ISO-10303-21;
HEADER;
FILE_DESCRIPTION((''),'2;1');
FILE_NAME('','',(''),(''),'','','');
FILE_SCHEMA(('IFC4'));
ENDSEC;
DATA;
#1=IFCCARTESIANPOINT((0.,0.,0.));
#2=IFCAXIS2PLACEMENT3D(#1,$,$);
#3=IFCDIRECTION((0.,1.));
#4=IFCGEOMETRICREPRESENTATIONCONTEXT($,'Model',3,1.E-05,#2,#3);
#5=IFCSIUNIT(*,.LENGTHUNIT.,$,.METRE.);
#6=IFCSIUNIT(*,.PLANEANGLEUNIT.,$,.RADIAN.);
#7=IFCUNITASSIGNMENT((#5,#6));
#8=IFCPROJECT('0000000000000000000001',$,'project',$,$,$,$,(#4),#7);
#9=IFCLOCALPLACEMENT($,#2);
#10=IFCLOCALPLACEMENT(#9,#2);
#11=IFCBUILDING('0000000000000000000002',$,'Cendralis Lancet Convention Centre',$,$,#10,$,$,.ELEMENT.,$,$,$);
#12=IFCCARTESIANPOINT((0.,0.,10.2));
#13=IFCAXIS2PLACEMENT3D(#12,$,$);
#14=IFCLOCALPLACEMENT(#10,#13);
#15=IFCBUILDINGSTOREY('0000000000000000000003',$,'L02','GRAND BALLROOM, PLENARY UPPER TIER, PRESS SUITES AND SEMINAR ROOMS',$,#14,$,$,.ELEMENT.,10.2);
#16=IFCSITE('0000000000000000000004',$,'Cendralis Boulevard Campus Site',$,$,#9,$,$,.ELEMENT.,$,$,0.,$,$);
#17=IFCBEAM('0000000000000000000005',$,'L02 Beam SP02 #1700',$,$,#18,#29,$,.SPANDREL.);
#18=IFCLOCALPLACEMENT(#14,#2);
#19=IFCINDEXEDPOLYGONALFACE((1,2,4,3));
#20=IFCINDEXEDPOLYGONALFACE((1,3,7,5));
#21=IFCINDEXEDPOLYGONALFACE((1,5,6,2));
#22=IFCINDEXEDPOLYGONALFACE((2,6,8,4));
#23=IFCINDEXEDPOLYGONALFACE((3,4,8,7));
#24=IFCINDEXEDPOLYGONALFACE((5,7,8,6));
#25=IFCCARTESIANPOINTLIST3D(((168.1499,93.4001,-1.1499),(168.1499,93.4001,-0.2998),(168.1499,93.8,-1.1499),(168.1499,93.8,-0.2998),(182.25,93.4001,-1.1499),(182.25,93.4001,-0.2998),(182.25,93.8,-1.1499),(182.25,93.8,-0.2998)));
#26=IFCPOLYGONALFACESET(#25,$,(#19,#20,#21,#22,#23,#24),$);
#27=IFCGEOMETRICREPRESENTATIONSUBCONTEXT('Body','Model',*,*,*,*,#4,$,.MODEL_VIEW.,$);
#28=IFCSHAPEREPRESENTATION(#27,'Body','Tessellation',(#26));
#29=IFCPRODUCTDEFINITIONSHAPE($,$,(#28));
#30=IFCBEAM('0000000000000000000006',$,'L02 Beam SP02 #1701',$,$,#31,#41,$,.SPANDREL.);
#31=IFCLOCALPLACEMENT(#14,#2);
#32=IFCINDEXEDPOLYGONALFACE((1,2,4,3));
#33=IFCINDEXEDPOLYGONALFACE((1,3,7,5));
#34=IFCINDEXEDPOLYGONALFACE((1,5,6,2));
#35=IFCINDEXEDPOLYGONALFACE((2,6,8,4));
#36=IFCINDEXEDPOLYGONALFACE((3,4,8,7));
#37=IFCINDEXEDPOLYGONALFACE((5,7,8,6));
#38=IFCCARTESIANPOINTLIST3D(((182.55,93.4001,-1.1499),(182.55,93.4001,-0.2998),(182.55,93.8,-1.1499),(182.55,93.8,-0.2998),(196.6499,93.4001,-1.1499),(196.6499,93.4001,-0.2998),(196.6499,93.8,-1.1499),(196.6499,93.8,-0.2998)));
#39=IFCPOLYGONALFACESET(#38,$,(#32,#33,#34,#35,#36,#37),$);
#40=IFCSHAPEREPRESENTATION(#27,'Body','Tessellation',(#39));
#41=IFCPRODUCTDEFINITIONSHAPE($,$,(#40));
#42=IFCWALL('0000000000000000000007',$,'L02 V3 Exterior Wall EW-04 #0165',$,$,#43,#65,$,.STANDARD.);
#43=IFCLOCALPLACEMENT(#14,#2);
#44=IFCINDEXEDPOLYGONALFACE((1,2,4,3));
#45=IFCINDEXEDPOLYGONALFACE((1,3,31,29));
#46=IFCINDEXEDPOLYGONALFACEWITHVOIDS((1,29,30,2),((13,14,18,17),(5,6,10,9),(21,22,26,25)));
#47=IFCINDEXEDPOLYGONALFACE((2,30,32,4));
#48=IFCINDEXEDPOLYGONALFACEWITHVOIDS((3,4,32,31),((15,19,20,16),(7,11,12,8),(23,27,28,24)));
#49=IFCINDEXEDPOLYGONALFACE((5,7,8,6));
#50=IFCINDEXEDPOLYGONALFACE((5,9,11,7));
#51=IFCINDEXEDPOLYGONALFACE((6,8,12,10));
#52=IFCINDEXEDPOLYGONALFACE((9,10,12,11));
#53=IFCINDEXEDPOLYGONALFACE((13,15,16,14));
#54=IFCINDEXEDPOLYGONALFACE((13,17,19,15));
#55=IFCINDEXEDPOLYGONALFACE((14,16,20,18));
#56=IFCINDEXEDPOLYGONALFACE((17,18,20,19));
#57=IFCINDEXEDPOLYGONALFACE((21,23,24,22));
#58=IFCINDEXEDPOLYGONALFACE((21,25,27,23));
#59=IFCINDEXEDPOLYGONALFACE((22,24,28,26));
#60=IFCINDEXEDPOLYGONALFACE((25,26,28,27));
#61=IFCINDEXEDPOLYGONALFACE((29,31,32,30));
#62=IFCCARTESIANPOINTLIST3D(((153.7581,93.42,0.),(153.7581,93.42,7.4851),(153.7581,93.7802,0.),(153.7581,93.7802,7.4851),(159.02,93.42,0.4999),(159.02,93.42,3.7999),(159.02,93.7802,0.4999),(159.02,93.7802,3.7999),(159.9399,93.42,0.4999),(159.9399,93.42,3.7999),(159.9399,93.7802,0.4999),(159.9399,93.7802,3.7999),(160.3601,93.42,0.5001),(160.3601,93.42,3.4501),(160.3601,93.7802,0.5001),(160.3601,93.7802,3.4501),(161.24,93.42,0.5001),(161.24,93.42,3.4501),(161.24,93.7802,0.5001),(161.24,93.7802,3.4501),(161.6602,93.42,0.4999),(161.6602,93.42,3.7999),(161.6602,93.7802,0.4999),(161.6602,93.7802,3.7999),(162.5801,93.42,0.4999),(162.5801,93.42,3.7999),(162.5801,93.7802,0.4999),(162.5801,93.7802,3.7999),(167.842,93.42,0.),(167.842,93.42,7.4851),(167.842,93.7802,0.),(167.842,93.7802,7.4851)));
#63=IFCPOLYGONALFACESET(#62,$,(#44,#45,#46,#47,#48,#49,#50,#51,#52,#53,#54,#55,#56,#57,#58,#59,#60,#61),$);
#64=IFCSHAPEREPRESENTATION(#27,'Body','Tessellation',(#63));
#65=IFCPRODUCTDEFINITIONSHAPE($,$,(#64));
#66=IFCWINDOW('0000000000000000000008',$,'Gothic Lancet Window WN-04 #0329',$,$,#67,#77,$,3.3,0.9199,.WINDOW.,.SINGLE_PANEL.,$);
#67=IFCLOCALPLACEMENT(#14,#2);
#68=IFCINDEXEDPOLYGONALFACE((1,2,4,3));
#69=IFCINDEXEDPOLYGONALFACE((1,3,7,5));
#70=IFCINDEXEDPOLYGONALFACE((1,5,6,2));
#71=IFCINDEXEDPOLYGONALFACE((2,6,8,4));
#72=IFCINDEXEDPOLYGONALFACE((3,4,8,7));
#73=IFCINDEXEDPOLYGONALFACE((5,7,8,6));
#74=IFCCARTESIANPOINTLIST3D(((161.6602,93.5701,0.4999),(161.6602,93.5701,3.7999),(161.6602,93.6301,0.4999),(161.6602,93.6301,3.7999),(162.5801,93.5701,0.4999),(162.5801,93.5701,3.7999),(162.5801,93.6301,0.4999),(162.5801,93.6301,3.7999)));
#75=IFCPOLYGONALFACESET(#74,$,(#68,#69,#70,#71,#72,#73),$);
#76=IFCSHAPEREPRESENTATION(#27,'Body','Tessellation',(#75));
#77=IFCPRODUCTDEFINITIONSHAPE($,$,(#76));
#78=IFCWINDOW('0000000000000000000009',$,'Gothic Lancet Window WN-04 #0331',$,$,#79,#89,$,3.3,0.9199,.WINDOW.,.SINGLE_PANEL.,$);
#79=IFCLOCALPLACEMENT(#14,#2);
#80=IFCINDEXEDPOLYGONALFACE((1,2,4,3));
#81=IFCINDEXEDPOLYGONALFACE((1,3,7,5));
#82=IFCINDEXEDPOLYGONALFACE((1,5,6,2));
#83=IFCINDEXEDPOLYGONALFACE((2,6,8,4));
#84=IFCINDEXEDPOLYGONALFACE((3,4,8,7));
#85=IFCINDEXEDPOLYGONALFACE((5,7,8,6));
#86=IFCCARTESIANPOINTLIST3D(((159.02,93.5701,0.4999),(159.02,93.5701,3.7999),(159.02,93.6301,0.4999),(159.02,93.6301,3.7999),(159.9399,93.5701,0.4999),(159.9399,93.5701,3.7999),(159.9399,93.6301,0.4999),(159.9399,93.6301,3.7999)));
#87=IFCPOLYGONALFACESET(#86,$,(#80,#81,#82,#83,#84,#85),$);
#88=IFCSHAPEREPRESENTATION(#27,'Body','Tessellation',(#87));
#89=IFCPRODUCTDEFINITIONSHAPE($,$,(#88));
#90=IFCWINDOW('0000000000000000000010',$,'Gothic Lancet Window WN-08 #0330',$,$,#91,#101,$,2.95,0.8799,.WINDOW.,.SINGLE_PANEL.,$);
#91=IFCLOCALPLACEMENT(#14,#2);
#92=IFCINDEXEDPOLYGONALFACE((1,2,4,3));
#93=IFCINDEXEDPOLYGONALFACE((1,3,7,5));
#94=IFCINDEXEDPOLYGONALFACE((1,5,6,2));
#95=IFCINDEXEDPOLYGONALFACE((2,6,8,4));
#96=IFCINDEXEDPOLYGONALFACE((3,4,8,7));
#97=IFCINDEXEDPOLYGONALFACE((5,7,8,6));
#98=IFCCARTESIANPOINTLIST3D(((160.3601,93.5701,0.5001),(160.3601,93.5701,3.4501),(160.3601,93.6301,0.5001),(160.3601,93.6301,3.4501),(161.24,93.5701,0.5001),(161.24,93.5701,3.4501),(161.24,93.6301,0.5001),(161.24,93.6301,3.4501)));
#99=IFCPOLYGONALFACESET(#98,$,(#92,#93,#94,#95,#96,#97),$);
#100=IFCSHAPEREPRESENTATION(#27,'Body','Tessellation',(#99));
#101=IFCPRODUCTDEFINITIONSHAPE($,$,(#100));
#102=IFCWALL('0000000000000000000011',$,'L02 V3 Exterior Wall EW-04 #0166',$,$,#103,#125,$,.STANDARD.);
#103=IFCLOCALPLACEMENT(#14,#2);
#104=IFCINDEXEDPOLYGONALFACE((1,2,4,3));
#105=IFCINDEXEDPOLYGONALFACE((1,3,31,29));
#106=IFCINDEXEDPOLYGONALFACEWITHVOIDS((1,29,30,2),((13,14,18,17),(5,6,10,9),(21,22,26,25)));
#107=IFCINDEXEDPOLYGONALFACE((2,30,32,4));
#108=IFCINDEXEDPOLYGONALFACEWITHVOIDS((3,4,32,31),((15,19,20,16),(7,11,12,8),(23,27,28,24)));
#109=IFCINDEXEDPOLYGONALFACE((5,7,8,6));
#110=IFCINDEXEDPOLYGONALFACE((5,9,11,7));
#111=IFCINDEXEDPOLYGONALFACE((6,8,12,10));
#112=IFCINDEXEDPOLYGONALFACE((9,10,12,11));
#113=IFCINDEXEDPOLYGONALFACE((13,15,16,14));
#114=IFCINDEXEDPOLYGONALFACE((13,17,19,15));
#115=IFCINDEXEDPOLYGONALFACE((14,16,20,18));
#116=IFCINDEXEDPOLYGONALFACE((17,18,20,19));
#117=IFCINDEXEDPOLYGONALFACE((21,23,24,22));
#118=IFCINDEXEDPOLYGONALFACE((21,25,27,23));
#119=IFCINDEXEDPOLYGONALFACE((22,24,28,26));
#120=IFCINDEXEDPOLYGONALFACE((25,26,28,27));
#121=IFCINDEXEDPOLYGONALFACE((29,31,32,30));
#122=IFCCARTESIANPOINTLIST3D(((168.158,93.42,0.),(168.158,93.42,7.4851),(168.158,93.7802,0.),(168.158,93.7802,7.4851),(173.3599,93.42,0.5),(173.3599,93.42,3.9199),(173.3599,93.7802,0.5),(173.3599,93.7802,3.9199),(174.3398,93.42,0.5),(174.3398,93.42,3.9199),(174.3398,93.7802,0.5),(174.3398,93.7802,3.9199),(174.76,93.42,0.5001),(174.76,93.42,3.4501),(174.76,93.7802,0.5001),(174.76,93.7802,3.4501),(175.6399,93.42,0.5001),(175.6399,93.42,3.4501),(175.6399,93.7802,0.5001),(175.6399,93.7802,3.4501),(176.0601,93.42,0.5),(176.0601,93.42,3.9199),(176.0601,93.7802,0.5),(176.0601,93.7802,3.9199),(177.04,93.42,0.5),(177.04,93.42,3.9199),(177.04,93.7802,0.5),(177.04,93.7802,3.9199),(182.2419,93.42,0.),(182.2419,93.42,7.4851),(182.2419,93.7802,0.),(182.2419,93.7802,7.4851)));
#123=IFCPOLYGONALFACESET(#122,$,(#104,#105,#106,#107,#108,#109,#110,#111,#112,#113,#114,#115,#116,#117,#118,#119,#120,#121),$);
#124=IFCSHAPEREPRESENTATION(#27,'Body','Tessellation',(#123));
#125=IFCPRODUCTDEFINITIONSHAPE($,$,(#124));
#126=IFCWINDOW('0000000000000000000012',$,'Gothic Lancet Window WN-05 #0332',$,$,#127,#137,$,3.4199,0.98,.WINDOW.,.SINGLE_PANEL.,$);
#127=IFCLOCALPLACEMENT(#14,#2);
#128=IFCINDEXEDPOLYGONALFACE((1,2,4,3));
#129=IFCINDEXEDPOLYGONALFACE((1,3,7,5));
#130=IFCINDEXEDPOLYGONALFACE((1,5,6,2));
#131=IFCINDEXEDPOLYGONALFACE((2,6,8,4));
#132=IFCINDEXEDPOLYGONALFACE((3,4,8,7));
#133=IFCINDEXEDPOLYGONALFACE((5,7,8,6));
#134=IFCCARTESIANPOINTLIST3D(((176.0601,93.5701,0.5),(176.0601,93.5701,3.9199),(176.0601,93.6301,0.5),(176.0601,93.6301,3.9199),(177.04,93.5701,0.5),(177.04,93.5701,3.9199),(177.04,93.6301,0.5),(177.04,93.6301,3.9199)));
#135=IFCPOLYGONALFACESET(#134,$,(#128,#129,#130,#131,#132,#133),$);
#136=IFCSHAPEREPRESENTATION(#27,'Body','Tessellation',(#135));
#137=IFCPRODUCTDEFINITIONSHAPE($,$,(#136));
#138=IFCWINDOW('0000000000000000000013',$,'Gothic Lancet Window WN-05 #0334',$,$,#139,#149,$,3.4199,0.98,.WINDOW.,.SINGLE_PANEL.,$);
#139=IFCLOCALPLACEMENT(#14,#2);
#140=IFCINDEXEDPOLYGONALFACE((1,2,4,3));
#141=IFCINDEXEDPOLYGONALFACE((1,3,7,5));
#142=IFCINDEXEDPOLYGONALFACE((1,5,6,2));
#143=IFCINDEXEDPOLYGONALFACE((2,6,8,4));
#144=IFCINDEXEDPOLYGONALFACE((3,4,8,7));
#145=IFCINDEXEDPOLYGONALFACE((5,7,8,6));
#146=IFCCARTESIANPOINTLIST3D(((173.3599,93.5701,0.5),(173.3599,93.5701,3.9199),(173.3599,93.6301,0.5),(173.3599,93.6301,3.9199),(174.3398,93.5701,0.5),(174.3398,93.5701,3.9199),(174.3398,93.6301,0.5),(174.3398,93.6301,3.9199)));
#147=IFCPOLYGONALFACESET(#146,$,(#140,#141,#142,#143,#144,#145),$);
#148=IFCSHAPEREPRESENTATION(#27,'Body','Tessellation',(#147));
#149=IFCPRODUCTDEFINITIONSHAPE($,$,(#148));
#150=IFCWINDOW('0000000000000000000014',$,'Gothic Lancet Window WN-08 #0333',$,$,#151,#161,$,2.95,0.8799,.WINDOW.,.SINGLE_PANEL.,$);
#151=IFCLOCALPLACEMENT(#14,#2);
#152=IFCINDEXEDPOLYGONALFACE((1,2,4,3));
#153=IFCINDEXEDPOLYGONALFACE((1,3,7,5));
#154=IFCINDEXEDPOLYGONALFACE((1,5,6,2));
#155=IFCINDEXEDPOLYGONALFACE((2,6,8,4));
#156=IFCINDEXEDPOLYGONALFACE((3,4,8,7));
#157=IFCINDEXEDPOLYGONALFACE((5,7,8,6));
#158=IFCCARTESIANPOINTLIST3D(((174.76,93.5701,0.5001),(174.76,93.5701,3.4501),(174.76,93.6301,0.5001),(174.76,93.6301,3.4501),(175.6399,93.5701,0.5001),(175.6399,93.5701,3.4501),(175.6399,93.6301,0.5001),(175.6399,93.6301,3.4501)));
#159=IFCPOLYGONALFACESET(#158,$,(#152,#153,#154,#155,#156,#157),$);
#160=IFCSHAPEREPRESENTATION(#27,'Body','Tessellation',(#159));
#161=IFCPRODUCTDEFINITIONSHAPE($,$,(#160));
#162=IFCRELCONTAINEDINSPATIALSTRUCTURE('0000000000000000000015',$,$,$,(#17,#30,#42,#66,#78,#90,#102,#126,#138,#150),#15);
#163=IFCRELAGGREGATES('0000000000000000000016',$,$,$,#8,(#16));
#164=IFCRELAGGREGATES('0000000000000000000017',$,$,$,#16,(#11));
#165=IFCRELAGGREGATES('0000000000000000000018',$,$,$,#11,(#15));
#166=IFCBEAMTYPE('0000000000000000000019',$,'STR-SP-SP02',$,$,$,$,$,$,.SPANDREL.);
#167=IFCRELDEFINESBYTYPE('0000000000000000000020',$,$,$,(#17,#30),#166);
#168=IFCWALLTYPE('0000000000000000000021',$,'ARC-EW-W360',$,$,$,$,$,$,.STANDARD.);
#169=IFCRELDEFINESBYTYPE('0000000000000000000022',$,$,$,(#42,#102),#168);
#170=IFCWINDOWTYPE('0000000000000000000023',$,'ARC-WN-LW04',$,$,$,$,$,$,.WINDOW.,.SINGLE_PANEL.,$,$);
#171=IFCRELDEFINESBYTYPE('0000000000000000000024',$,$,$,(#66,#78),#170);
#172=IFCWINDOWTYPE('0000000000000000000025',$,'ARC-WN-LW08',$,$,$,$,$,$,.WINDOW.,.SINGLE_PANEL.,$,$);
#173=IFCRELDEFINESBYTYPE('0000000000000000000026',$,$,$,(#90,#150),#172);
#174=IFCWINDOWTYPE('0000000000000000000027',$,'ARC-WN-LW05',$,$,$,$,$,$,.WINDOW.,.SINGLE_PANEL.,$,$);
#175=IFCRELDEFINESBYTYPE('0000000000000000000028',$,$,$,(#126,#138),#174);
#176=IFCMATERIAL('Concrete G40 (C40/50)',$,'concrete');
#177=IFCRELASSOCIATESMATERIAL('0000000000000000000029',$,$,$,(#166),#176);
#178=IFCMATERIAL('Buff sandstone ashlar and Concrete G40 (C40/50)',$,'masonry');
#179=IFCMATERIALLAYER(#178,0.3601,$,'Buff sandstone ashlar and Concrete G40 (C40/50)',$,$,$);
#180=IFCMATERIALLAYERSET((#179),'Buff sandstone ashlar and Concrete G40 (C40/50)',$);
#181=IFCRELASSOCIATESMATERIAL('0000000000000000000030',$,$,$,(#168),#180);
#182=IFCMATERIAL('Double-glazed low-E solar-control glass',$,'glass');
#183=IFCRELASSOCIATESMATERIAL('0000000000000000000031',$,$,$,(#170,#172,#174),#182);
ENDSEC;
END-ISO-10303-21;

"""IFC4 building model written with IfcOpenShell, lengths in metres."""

from ifc_helpers import new_model, si_unit, direction, frame, frame_2d, origin, origin_2d, place, context, subcontext, project, spatial, rectangle, extrude, material, layer, layer_set, material_profile, profile_set, type_object, element, fill, save


model = new_model("IFC4")

# Units and contexts
model_context = context("Model", 3, precision=1e-05, world=origin(), true_north=direction((0.0, 1.0)))
body_context = subcontext(model_context, "Body", "Model", "MODEL_VIEW")
ifc_project = project(units=[si_unit("LENGTHUNIT", "METRE"), si_unit("PLANEANGLEUNIT", "RADIAN")], contexts=[model_context])

# Site, building, storey
site_placement = place(None, origin())
site = spatial("IfcSite", under=ifc_project, at=site_placement, Name="Cendralis Boulevard Campus Site", CompositionType="ELEMENT", RefElevation=0.0)
building_placement = place(site_placement, origin())
building = spatial("IfcBuilding", under=site, at=building_placement, Name="Cendralis Lancet Convention Centre", CompositionType="ELEMENT")
storey_placement = place(building_placement, frame((0.0, 0.0, 10.2)))
storey = spatial("IfcBuildingStorey", under=building, at=storey_placement, Name="L02", Description="GRAND BALLROOM, PLENARY UPPER TIER, PRESS SUITES AND SEMINAR ROOMS", CompositionType="ELEMENT", Elevation=10.2)

# Shared definitions
ifc_material_1 = material(Name="Concrete G40 (C40/50)", Category="concrete")

# Beams
ifc_material_profile_1 = material_profile(ifc_material_1, rectangle(XDim=0.3999, YDim=0.8501, at=origin_2d()), Name="RCB 400x850")
ifc_profile_set_1 = profile_set([ifc_material_profile_1], Name="Concrete G40 (C40/50)")
beam_type_1 = type_object("IfcBeamType", Name="STR-SP-SP02", PredefinedType="SPANDREL", material=ifc_profile_set_1)
beam_1_placement = place(storey_placement, frame((168.1499, 93.6001, -0.7249), z_axis=(1.0, 0.0, 0.0), x_axis=(0.0, 1.0, 0.0)))
element("IfcBeam", 1, at=beam_1_placement, inside=storey, type_object=beam_type_1, Name="L02 Beam SP02 #1700", PredefinedType="SPANDREL", context=body_context, shape_type="SweptSolid", body=[
    extrude(rectangle(XDim=0.3999, YDim=0.8501, at=origin_2d()), origin(), (0.0, 0.0, 1.0), 14.1001),
])
beam_2_placement = place(storey_placement, frame((182.55, 93.6001, -0.7249), z_axis=(1.0, 0.0, 0.0), x_axis=(0.0, 1.0, 0.0)))
element("IfcBeam", 2, at=beam_2_placement, inside=storey, type_object=beam_type_1, Name="L02 Beam SP02 #1701", PredefinedType="SPANDREL", context=body_context, shape_type="SweptSolid", body=[
    extrude(rectangle(XDim=0.3999, YDim=0.8501, at=origin_2d()), origin(), (0.0, 0.0, 1.0), 14.0999),
])

# Walls, openings, windows
ifc_material_2 = material(Name="Buff sandstone ashlar and Concrete G40 (C40/50)", Category="masonry")
ifc_layer_1 = layer(ifc_material_2, 0.3601, Name="Buff sandstone ashlar and Concrete G40 (C40/50)")
ifc_layer_set_1 = layer_set([ifc_layer_1], Name="Buff sandstone ashlar and Concrete G40 (C40/50)")
wall_type_1 = type_object("IfcWallType", Name="ARC-EW-W360", PredefinedType="STANDARD", material=ifc_layer_set_1)
wall_1_placement = place(storey_placement, frame((167.842, 93.6001, 0.0), z_axis=(0.0, 0.0, 1.0), x_axis=(-1.0, 0.0, 0.0)))
wall_1 = element("IfcWall", 3, at=wall_1_placement, inside=storey, type_object=wall_type_1, Name="L02 V3 Exterior Wall EW-04 #0165", PredefinedType="STANDARD", context=body_context, shape_type="SweptSolid", body=[
    extrude(rectangle(XDim=14.084, YDim=0.3601, at=frame_2d((7.042, 0.0))), origin(), (0.0, 0.0, 1.0), 7.4851),
])
opening_1_placement = place(wall_1_placement, frame((5.262, 0.0, 0.5)))
opening_1 = element("IfcOpeningElement", 4, at=opening_1_placement, cuts=wall_1, PredefinedType="OPENING", context=body_context, shape_type="SweptSolid", body=[
    extrude(rectangle(XDim=0.9199, YDim=3.3, at=frame_2d((0.46, 1.6499))), frame((0.0, 0.1899, 0.0), z_axis=(0.0, -1.0, 0.0), x_axis=(1.0, 0.0, 0.0)), (0.0, 0.0, 1.0), 0.3801),
])
opening_2_placement = place(wall_1_placement, frame((6.6021, 0.0, 0.5)))
opening_2 = element("IfcOpeningElement", 5, at=opening_2_placement, cuts=wall_1, PredefinedType="OPENING", context=body_context, shape_type="SweptSolid", body=[
    extrude(rectangle(XDim=0.8799, YDim=2.95, at=frame_2d((0.4399, 1.4751))), frame((0.0, 0.1899, 0.0), z_axis=(0.0, -1.0, 0.0), x_axis=(1.0, 0.0, 0.0)), (0.0, 0.0, 1.0), 0.3801),
])
opening_3_placement = place(wall_1_placement, frame((7.9021, 0.0, 0.5)))
opening_3 = element("IfcOpeningElement", 6, at=opening_3_placement, cuts=wall_1, PredefinedType="OPENING", context=body_context, shape_type="SweptSolid", body=[
    extrude(rectangle(XDim=0.9199, YDim=3.3, at=frame_2d((0.46, 1.6499))), frame((0.0, 0.1899, 0.0), z_axis=(0.0, -1.0, 0.0), x_axis=(1.0, 0.0, 0.0)), (0.0, 0.0, 1.0), 0.3801),
])
ifc_material_3 = material(Name="Double-glazed low-E solar-control glass", Category="glass")
window_type_1 = type_object("IfcWindowType", Name="ARC-WN-LW04", PartitioningType="SINGLE_PANEL", PredefinedType="WINDOW", material=ifc_material_3)
window_1_placement = place(opening_1_placement, origin())
window_1 = element("IfcWindow", 7, at=window_1_placement, inside=storey, type_object=window_type_1, Name="Gothic Lancet Window WN-04 #0329", OverallHeight=3.3, OverallWidth=0.9199, PartitioningType="SINGLE_PANEL", PredefinedType="WINDOW", context=body_context, shape_type="SweptSolid", body=[
    extrude(rectangle(XDim=0.9199, YDim=3.3, at=frame_2d((0.46, 1.6499))), frame((0.0, 0.03, 0.0), z_axis=(0.0, -1.0, 0.0), x_axis=(1.0, 0.0, 0.0)), (0.0, 0.0, 1.0), 0.0601),
])
fill(opening_1, window_1)
window_2_placement = place(opening_3_placement, origin())
window_2 = element("IfcWindow", 8, at=window_2_placement, inside=storey, type_object=window_type_1, Name="Gothic Lancet Window WN-04 #0331", OverallHeight=3.3, OverallWidth=0.9199, PartitioningType="SINGLE_PANEL", PredefinedType="WINDOW", context=body_context, shape_type="SweptSolid", body=[
    extrude(rectangle(XDim=0.9199, YDim=3.3, at=frame_2d((0.46, 1.6499))), frame((0.0, 0.03, 0.0), z_axis=(0.0, -1.0, 0.0), x_axis=(1.0, 0.0, 0.0)), (0.0, 0.0, 1.0), 0.0601),
])
fill(opening_3, window_2)
window_type_2 = type_object("IfcWindowType", Name="ARC-WN-LW08", PartitioningType="SINGLE_PANEL", PredefinedType="WINDOW", material=ifc_material_3)
window_3_placement = place(opening_2_placement, origin())
window_3 = element("IfcWindow", 9, at=window_3_placement, inside=storey, type_object=window_type_2, Name="Gothic Lancet Window WN-08 #0330", OverallHeight=2.95, OverallWidth=0.8799, PartitioningType="SINGLE_PANEL", PredefinedType="WINDOW", context=body_context, shape_type="SweptSolid", body=[
    extrude(rectangle(XDim=0.8799, YDim=2.95, at=frame_2d((0.4399, 1.4751))), frame((0.0, 0.03, 0.0), z_axis=(0.0, -1.0, 0.0), x_axis=(1.0, 0.0, 0.0)), (0.0, 0.0, 1.0), 0.0601),
])
fill(opening_2, window_3)
wall_2_placement = place(storey_placement, frame((182.2419, 93.6001, 0.0), z_axis=(0.0, 0.0, 1.0), x_axis=(-1.0, 0.0, 0.0)))
wall_2 = element("IfcWall", 10, at=wall_2_placement, inside=storey, type_object=wall_type_1, Name="L02 V3 Exterior Wall EW-04 #0166", PredefinedType="STANDARD", context=body_context, shape_type="SweptSolid", body=[
    extrude(rectangle(XDim=14.084, YDim=0.3601, at=frame_2d((7.042, 0.0))), origin(), (0.0, 0.0, 1.0), 7.4851),
])
opening_4_placement = place(wall_2_placement, frame((5.2019, 0.0, 0.5)))
opening_4 = element("IfcOpeningElement", 11, at=opening_4_placement, cuts=wall_2, PredefinedType="OPENING", context=body_context, shape_type="SweptSolid", body=[
    extrude(rectangle(XDim=0.98, YDim=3.4199, at=frame_2d((0.49, 1.71))), frame((0.0, 0.1899, 0.0), z_axis=(0.0, -1.0, 0.0), x_axis=(1.0, 0.0, 0.0)), (0.0, 0.0, 1.0), 0.3801),
])
opening_5_placement = place(wall_2_placement, frame((6.6021, 0.0, 0.5)))
opening_5 = element("IfcOpeningElement", 12, at=opening_5_placement, cuts=wall_2, PredefinedType="OPENING", context=body_context, shape_type="SweptSolid", body=[
    extrude(rectangle(XDim=0.8799, YDim=2.95, at=frame_2d((0.4399, 1.4751))), frame((0.0, 0.1899, 0.0), z_axis=(0.0, -1.0, 0.0), x_axis=(1.0, 0.0, 0.0)), (0.0, 0.0, 1.0), 0.3801),
])
opening_6_placement = place(wall_2_placement, frame((7.9021, 0.0, 0.5)))
opening_6 = element("IfcOpeningElement", 13, at=opening_6_placement, cuts=wall_2, PredefinedType="OPENING", context=body_context, shape_type="SweptSolid", body=[
    extrude(rectangle(XDim=0.98, YDim=3.4199, at=frame_2d((0.49, 1.71))), frame((0.0, 0.1899, 0.0), z_axis=(0.0, -1.0, 0.0), x_axis=(1.0, 0.0, 0.0)), (0.0, 0.0, 1.0), 0.3801),
])
window_type_3 = type_object("IfcWindowType", Name="ARC-WN-LW05", PartitioningType="SINGLE_PANEL", PredefinedType="WINDOW", material=ifc_material_3)
window_4_placement = place(opening_4_placement, origin())
window_4 = element("IfcWindow", 14, at=window_4_placement, inside=storey, type_object=window_type_3, Name="Gothic Lancet Window WN-05 #0332", OverallHeight=3.4199, OverallWidth=0.98, PartitioningType="SINGLE_PANEL", PredefinedType="WINDOW", context=body_context, shape_type="SweptSolid", body=[
    extrude(rectangle(XDim=0.98, YDim=3.4199, at=frame_2d((0.49, 1.71))), frame((0.0, 0.03, 0.0), z_axis=(0.0, -1.0, 0.0), x_axis=(1.0, 0.0, 0.0)), (0.0, 0.0, 1.0), 0.0601),
])
fill(opening_4, window_4)
window_5_placement = place(opening_6_placement, origin())
window_5 = element("IfcWindow", 15, at=window_5_placement, inside=storey, type_object=window_type_3, Name="Gothic Lancet Window WN-05 #0334", OverallHeight=3.4199, OverallWidth=0.98, PartitioningType="SINGLE_PANEL", PredefinedType="WINDOW", context=body_context, shape_type="SweptSolid", body=[
    extrude(rectangle(XDim=0.98, YDim=3.4199, at=frame_2d((0.49, 1.71))), frame((0.0, 0.03, 0.0), z_axis=(0.0, -1.0, 0.0), x_axis=(1.0, 0.0, 0.0)), (0.0, 0.0, 1.0), 0.0601),
])
fill(opening_6, window_5)
window_6_placement = place(opening_5_placement, origin())
window_6 = element("IfcWindow", 16, at=window_6_placement, inside=storey, type_object=window_type_2, Name="Gothic Lancet Window WN-08 #0333", OverallHeight=2.95, OverallWidth=0.8799, PartitioningType="SINGLE_PANEL", PredefinedType="WINDOW", context=body_context, shape_type="SweptSolid", body=[
    extrude(rectangle(XDim=0.8799, YDim=2.95, at=frame_2d((0.4399, 1.4751))), frame((0.0, 0.03, 0.0), z_axis=(0.0, -1.0, 0.0), x_axis=(1.0, 0.0, 0.0)), (0.0, 0.0, 1.0), 0.0601),
])
fill(opening_5, window_6)

save(model, "model.ifc")
